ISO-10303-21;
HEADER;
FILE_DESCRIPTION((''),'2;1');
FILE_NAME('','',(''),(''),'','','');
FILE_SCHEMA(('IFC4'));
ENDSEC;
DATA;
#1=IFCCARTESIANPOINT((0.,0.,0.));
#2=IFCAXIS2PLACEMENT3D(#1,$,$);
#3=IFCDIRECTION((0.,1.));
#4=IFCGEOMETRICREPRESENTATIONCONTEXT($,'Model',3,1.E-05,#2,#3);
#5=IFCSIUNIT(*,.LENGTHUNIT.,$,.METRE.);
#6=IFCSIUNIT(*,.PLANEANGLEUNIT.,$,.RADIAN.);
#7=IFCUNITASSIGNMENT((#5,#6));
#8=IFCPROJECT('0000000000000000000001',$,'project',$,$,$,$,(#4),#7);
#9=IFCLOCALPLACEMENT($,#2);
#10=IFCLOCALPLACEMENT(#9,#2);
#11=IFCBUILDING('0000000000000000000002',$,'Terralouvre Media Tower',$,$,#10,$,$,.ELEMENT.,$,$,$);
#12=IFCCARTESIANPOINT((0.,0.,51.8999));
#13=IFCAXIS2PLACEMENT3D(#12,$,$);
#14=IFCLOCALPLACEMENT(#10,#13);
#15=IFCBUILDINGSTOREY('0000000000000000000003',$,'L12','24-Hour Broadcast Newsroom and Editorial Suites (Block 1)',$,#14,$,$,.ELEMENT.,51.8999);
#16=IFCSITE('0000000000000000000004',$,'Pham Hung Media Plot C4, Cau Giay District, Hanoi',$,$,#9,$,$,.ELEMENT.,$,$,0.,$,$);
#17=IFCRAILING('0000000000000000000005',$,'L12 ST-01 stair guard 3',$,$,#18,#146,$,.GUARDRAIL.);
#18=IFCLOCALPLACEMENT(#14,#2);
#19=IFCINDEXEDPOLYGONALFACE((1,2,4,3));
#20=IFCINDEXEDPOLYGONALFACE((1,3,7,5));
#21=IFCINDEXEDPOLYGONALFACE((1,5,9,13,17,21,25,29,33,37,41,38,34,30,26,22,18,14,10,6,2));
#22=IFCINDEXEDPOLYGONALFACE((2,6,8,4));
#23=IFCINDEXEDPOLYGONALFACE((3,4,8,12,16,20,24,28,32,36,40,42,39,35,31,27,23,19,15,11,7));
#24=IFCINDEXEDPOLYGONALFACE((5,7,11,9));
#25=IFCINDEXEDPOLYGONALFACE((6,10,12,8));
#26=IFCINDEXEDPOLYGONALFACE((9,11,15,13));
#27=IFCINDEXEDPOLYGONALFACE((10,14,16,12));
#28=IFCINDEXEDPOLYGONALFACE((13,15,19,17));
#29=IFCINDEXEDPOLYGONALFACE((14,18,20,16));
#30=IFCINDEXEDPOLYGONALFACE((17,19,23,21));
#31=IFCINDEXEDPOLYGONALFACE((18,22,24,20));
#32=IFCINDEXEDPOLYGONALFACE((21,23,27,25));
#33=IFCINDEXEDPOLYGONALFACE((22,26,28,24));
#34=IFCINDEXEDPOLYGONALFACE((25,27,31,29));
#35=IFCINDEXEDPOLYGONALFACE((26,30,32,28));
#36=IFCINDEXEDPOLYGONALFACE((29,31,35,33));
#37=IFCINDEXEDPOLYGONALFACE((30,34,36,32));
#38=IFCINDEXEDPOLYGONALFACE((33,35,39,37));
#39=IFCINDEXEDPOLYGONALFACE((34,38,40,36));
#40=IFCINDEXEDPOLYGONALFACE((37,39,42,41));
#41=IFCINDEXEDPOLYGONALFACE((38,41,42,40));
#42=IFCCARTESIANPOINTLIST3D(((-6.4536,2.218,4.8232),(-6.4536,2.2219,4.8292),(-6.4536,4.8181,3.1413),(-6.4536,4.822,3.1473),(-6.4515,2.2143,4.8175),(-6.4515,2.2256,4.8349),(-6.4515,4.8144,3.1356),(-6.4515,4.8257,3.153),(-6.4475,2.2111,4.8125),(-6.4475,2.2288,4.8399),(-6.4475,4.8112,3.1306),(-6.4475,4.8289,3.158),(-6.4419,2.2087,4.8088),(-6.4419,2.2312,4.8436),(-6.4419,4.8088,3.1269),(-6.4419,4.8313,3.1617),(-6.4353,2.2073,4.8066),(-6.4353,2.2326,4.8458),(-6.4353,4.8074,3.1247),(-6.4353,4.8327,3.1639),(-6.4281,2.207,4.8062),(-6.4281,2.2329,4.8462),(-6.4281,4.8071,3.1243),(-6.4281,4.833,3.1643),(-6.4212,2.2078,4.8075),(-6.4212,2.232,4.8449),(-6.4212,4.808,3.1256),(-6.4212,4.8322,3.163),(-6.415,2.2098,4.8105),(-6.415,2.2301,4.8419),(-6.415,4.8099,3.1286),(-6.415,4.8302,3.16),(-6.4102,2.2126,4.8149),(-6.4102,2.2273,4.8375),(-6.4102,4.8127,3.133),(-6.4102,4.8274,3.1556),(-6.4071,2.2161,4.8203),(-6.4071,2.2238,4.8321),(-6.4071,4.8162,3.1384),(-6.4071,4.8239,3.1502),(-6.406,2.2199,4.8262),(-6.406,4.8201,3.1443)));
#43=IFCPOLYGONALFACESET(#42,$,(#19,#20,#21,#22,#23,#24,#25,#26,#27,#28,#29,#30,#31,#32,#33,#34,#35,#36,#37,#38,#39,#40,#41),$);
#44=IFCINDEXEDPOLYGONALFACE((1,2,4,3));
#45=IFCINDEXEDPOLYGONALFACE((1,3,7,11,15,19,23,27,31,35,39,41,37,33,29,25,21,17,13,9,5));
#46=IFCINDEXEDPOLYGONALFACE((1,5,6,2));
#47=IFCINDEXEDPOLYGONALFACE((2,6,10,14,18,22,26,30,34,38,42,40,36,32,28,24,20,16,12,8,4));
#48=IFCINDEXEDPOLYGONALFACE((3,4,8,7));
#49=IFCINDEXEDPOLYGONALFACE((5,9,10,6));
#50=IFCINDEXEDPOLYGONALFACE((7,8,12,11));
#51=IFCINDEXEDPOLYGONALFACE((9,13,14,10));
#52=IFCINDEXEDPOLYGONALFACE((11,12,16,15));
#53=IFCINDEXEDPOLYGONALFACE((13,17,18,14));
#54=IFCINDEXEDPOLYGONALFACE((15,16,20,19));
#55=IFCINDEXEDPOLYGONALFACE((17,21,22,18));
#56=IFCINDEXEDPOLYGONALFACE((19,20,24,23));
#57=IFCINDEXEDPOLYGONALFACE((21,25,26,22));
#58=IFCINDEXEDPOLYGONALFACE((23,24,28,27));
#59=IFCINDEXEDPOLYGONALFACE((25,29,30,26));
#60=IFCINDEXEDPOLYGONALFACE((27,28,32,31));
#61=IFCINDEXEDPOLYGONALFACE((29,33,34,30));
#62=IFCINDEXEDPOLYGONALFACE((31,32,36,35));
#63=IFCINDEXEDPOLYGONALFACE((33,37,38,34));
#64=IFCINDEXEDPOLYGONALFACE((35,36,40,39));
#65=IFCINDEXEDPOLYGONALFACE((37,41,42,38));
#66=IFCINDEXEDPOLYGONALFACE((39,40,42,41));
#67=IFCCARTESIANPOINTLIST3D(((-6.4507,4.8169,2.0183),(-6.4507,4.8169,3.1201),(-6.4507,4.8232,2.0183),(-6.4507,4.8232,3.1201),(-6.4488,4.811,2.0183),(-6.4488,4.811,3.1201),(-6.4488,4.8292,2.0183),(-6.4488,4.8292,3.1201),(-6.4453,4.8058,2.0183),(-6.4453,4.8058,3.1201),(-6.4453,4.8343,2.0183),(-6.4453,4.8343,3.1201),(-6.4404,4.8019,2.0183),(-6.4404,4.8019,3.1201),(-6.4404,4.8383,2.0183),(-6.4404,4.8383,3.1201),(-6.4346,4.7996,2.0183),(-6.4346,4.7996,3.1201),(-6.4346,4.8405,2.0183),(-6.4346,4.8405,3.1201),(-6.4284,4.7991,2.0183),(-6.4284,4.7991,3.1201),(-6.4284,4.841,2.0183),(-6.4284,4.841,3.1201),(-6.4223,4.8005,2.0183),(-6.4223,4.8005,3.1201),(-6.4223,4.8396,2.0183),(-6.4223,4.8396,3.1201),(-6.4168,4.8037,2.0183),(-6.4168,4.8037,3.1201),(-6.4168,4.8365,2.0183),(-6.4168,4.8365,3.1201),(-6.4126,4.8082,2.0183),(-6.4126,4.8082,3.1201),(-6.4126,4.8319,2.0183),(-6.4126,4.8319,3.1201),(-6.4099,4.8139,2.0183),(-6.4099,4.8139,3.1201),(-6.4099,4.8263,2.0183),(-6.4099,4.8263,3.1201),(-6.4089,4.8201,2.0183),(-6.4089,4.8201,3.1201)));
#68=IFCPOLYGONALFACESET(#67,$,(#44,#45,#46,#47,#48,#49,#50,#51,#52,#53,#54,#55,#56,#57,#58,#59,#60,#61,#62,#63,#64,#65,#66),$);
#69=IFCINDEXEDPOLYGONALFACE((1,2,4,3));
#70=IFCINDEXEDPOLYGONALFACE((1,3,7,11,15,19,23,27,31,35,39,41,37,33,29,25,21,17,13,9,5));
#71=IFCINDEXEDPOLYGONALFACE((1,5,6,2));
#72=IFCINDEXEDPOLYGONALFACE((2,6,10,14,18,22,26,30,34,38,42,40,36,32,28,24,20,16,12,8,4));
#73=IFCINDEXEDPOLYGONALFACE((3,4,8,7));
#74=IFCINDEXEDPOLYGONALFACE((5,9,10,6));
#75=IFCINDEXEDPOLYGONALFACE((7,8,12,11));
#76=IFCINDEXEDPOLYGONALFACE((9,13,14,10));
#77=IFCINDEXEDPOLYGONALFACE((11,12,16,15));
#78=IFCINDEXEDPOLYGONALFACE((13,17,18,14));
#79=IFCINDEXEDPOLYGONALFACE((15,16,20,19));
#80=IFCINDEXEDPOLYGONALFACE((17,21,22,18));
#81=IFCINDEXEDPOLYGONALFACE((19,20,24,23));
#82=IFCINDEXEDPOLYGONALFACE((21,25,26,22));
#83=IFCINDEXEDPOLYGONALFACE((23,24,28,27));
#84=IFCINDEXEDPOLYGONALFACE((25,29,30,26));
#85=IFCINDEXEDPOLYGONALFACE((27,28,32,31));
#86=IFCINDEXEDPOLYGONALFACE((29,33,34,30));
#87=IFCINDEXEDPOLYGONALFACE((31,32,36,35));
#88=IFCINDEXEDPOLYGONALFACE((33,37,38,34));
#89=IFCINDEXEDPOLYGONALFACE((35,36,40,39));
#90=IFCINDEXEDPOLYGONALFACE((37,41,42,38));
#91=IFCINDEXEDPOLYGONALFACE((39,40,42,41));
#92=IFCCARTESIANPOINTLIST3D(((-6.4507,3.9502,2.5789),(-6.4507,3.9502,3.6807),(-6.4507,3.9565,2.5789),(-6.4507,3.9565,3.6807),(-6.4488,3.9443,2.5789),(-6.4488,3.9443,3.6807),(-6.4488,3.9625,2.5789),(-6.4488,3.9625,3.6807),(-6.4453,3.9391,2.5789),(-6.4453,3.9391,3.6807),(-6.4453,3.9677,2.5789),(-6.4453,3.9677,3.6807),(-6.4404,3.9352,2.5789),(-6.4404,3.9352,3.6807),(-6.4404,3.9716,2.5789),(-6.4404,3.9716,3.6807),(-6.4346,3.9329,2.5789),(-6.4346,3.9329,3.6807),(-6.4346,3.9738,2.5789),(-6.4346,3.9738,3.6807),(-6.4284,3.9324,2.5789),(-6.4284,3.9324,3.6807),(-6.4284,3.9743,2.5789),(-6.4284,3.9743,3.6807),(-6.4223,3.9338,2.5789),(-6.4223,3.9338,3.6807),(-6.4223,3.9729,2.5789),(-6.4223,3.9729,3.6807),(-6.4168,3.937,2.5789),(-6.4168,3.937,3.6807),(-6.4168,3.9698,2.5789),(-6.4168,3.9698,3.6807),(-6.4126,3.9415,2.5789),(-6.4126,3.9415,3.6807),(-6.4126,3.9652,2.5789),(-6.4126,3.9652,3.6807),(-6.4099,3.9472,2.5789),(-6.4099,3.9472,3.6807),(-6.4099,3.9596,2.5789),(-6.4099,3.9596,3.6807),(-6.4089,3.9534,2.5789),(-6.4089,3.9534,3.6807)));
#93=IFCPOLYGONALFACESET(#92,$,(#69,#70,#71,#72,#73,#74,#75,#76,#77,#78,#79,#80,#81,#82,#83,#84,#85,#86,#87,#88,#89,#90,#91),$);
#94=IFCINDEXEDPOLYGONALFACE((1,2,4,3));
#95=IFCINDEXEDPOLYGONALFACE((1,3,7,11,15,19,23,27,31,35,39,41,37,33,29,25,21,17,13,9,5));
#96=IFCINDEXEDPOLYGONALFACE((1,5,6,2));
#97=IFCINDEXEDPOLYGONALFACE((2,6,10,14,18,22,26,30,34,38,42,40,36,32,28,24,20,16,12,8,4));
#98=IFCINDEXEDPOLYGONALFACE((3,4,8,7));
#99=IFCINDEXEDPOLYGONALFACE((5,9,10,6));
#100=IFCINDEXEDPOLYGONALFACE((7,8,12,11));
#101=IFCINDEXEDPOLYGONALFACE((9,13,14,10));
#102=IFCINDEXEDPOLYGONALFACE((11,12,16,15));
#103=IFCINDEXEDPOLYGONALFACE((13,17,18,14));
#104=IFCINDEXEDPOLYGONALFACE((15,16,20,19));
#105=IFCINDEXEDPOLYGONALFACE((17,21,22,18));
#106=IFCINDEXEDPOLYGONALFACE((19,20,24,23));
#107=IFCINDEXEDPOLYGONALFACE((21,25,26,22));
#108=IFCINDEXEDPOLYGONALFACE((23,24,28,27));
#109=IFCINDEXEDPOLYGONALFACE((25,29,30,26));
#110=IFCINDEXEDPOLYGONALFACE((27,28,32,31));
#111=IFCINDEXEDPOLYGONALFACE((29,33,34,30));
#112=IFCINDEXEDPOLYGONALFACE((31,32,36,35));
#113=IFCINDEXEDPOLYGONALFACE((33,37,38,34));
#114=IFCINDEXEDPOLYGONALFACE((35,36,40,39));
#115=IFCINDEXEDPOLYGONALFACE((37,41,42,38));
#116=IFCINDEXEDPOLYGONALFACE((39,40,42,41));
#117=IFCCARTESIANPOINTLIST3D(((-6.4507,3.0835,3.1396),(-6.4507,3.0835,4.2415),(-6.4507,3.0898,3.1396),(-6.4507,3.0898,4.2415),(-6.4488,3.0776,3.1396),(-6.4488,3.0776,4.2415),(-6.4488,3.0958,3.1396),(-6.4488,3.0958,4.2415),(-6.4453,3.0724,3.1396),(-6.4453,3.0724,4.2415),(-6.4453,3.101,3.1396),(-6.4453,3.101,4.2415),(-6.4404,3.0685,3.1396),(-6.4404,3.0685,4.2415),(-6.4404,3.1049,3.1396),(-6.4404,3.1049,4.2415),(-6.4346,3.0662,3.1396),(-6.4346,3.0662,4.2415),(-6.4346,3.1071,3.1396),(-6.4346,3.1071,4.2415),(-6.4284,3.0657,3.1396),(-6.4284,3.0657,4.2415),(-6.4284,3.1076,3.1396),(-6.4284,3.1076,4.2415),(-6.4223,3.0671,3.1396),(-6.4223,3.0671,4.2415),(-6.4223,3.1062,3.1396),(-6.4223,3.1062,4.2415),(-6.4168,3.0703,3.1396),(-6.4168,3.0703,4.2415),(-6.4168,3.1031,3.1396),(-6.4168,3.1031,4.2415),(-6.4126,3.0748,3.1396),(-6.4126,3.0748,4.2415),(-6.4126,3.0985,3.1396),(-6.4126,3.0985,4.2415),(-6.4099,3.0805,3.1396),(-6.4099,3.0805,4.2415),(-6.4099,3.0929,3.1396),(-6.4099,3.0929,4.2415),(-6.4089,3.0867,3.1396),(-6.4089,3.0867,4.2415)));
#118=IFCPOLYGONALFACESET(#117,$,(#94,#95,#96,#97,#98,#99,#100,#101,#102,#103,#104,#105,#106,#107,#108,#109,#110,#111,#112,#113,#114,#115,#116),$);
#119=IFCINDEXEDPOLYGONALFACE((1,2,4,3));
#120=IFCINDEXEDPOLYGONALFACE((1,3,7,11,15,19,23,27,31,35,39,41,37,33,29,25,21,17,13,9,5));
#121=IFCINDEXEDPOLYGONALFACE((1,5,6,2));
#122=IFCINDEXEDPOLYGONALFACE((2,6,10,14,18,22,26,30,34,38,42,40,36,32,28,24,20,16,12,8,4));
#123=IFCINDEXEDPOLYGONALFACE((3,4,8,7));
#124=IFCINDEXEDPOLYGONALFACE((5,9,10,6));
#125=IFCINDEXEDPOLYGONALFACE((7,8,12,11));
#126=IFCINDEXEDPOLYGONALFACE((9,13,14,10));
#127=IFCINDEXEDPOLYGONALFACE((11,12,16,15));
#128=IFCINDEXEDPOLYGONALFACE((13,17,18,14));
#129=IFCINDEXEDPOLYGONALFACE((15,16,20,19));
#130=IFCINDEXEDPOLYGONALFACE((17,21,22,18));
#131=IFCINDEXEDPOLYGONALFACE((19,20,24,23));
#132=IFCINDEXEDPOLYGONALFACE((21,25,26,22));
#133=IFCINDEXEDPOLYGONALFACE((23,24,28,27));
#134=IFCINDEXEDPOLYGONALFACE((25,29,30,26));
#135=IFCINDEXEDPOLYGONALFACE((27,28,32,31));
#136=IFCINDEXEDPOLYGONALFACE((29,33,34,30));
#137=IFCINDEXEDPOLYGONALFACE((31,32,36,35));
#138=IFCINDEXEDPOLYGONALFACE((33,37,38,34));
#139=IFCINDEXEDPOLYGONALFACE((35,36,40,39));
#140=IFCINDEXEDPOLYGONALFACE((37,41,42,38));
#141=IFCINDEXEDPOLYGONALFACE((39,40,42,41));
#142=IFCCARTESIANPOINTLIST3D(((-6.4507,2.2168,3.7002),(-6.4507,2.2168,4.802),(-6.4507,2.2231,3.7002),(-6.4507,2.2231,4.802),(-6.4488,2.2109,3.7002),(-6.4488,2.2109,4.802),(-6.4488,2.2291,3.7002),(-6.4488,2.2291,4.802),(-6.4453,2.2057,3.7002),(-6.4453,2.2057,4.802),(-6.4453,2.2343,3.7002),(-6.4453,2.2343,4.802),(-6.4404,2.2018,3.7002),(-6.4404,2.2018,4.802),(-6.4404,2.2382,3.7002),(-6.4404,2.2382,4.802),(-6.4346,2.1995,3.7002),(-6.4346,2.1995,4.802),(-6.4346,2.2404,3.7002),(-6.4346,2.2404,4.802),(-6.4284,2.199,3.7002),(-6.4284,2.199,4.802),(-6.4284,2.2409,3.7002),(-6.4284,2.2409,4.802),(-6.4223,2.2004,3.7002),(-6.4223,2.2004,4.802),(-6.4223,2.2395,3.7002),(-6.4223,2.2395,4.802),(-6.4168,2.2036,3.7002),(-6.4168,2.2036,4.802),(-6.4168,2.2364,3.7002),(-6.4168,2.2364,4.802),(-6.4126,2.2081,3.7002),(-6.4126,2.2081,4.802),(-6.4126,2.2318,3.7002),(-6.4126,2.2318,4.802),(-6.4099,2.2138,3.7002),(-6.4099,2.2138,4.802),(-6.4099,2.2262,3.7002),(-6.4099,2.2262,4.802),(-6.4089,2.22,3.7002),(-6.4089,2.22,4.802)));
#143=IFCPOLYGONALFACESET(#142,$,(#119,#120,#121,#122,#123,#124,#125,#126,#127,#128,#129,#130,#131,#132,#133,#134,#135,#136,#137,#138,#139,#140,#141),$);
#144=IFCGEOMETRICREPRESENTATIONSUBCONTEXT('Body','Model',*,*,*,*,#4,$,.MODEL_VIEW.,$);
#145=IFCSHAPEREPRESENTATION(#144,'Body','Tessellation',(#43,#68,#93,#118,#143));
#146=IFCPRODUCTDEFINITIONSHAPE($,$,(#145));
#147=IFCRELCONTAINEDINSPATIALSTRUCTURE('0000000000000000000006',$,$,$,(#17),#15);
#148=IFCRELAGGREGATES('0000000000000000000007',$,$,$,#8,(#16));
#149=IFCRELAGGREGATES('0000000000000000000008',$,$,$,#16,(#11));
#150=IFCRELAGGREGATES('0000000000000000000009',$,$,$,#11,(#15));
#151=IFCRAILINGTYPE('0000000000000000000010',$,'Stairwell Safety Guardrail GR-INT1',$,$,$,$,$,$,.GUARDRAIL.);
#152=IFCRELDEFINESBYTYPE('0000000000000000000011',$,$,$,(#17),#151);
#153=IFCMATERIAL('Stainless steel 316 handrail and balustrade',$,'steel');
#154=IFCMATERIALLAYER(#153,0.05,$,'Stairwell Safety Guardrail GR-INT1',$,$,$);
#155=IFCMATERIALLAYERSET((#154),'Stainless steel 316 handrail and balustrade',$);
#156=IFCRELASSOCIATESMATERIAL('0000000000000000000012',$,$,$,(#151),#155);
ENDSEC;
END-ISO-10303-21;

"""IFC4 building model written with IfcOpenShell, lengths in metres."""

from ifc_helpers import new_model, si_unit, direction, frame, origin, origin_2d, place, context, subcontext, project, spatial, circle, extrude, material, layer, layer_set, type_object, element, save


model = new_model("IFC4")

# Units and contexts
model_context = context("Model", 3, precision=1e-05, world=origin(), true_north=direction((0.0, 1.0)))
body_context = subcontext(model_context, "Body", "Model", "MODEL_VIEW")
ifc_project = project(units=[si_unit("LENGTHUNIT", "METRE"), si_unit("PLANEANGLEUNIT", "RADIAN")], contexts=[model_context])

# Site, building, storey
site_placement = place(None, origin())
site = spatial("IfcSite", under=ifc_project, at=site_placement, Name="Pham Hung Media Plot C4, Cau Giay District, Hanoi", CompositionType="ELEMENT", RefElevation=0.0)
building_placement = place(site_placement, origin())
building = spatial("IfcBuilding", under=site, at=building_placement, Name="Terralouvre Media Tower", CompositionType="ELEMENT")
storey_placement = place(building_placement, frame((0.0, 0.0, 51.8999)))
storey = spatial("IfcBuildingStorey", under=building, at=storey_placement, Name="L12", Description="24-Hour Broadcast Newsroom and Editorial Suites (Block 1)", CompositionType="ELEMENT", Elevation=51.8999)

# Railing
ifc_material_1 = material(Name="Stainless steel 316 handrail and balustrade", Category="steel")
ifc_layer_1 = layer(ifc_material_1, 0.05, Name="Stairwell Safety Guardrail GR-INT1")
ifc_layer_set_1 = layer_set([ifc_layer_1], Name="Stainless steel 316 handrail and balustrade")
railing_type_1 = type_object("IfcRailingType", Name="Stairwell Safety Guardrail GR-INT1", PredefinedType="GUARDRAIL", material=ifc_layer_set_1)
railing_1_placement = place(storey_placement, frame((-6.4299, 4.8201, 2.0183)))
element("IfcRailing", 1, at=railing_1_placement, inside=storey, type_object=railing_type_1, Name="L12 ST-01 stair guard 3", PredefinedType="GUARDRAIL", context=body_context, shape_type="SweptSolid", body=[
    extrude(circle(Radius=0.0239, at=origin_2d()), frame((0.0, 0.0, 1.126), z_axis=(0.0, -0.839648, 0.54313), x_axis=(1.0, 0.0, 0.0)), (0.0, 0.0, 1.0), 3.0967),
    extrude(circle(Radius=0.021, at=origin_2d()), origin(), (0.0, 0.0, 1.0), 1.1018),
    extrude(circle(Radius=0.021, at=origin_2d()), frame((0.0, -0.8667, 0.5605)), (0.0, 0.0, 1.0), 1.1018),
    extrude(circle(Radius=0.021, at=origin_2d()), frame((0.0, -1.7334, 1.1213)), (0.0, 0.0, 1.0), 1.1018),
    extrude(circle(Radius=0.021, at=origin_2d()), frame((0.0, -2.6001, 1.6819)), (0.0, 0.0, 1.0), 1.1018),
])

save(model, "model.ifc")
